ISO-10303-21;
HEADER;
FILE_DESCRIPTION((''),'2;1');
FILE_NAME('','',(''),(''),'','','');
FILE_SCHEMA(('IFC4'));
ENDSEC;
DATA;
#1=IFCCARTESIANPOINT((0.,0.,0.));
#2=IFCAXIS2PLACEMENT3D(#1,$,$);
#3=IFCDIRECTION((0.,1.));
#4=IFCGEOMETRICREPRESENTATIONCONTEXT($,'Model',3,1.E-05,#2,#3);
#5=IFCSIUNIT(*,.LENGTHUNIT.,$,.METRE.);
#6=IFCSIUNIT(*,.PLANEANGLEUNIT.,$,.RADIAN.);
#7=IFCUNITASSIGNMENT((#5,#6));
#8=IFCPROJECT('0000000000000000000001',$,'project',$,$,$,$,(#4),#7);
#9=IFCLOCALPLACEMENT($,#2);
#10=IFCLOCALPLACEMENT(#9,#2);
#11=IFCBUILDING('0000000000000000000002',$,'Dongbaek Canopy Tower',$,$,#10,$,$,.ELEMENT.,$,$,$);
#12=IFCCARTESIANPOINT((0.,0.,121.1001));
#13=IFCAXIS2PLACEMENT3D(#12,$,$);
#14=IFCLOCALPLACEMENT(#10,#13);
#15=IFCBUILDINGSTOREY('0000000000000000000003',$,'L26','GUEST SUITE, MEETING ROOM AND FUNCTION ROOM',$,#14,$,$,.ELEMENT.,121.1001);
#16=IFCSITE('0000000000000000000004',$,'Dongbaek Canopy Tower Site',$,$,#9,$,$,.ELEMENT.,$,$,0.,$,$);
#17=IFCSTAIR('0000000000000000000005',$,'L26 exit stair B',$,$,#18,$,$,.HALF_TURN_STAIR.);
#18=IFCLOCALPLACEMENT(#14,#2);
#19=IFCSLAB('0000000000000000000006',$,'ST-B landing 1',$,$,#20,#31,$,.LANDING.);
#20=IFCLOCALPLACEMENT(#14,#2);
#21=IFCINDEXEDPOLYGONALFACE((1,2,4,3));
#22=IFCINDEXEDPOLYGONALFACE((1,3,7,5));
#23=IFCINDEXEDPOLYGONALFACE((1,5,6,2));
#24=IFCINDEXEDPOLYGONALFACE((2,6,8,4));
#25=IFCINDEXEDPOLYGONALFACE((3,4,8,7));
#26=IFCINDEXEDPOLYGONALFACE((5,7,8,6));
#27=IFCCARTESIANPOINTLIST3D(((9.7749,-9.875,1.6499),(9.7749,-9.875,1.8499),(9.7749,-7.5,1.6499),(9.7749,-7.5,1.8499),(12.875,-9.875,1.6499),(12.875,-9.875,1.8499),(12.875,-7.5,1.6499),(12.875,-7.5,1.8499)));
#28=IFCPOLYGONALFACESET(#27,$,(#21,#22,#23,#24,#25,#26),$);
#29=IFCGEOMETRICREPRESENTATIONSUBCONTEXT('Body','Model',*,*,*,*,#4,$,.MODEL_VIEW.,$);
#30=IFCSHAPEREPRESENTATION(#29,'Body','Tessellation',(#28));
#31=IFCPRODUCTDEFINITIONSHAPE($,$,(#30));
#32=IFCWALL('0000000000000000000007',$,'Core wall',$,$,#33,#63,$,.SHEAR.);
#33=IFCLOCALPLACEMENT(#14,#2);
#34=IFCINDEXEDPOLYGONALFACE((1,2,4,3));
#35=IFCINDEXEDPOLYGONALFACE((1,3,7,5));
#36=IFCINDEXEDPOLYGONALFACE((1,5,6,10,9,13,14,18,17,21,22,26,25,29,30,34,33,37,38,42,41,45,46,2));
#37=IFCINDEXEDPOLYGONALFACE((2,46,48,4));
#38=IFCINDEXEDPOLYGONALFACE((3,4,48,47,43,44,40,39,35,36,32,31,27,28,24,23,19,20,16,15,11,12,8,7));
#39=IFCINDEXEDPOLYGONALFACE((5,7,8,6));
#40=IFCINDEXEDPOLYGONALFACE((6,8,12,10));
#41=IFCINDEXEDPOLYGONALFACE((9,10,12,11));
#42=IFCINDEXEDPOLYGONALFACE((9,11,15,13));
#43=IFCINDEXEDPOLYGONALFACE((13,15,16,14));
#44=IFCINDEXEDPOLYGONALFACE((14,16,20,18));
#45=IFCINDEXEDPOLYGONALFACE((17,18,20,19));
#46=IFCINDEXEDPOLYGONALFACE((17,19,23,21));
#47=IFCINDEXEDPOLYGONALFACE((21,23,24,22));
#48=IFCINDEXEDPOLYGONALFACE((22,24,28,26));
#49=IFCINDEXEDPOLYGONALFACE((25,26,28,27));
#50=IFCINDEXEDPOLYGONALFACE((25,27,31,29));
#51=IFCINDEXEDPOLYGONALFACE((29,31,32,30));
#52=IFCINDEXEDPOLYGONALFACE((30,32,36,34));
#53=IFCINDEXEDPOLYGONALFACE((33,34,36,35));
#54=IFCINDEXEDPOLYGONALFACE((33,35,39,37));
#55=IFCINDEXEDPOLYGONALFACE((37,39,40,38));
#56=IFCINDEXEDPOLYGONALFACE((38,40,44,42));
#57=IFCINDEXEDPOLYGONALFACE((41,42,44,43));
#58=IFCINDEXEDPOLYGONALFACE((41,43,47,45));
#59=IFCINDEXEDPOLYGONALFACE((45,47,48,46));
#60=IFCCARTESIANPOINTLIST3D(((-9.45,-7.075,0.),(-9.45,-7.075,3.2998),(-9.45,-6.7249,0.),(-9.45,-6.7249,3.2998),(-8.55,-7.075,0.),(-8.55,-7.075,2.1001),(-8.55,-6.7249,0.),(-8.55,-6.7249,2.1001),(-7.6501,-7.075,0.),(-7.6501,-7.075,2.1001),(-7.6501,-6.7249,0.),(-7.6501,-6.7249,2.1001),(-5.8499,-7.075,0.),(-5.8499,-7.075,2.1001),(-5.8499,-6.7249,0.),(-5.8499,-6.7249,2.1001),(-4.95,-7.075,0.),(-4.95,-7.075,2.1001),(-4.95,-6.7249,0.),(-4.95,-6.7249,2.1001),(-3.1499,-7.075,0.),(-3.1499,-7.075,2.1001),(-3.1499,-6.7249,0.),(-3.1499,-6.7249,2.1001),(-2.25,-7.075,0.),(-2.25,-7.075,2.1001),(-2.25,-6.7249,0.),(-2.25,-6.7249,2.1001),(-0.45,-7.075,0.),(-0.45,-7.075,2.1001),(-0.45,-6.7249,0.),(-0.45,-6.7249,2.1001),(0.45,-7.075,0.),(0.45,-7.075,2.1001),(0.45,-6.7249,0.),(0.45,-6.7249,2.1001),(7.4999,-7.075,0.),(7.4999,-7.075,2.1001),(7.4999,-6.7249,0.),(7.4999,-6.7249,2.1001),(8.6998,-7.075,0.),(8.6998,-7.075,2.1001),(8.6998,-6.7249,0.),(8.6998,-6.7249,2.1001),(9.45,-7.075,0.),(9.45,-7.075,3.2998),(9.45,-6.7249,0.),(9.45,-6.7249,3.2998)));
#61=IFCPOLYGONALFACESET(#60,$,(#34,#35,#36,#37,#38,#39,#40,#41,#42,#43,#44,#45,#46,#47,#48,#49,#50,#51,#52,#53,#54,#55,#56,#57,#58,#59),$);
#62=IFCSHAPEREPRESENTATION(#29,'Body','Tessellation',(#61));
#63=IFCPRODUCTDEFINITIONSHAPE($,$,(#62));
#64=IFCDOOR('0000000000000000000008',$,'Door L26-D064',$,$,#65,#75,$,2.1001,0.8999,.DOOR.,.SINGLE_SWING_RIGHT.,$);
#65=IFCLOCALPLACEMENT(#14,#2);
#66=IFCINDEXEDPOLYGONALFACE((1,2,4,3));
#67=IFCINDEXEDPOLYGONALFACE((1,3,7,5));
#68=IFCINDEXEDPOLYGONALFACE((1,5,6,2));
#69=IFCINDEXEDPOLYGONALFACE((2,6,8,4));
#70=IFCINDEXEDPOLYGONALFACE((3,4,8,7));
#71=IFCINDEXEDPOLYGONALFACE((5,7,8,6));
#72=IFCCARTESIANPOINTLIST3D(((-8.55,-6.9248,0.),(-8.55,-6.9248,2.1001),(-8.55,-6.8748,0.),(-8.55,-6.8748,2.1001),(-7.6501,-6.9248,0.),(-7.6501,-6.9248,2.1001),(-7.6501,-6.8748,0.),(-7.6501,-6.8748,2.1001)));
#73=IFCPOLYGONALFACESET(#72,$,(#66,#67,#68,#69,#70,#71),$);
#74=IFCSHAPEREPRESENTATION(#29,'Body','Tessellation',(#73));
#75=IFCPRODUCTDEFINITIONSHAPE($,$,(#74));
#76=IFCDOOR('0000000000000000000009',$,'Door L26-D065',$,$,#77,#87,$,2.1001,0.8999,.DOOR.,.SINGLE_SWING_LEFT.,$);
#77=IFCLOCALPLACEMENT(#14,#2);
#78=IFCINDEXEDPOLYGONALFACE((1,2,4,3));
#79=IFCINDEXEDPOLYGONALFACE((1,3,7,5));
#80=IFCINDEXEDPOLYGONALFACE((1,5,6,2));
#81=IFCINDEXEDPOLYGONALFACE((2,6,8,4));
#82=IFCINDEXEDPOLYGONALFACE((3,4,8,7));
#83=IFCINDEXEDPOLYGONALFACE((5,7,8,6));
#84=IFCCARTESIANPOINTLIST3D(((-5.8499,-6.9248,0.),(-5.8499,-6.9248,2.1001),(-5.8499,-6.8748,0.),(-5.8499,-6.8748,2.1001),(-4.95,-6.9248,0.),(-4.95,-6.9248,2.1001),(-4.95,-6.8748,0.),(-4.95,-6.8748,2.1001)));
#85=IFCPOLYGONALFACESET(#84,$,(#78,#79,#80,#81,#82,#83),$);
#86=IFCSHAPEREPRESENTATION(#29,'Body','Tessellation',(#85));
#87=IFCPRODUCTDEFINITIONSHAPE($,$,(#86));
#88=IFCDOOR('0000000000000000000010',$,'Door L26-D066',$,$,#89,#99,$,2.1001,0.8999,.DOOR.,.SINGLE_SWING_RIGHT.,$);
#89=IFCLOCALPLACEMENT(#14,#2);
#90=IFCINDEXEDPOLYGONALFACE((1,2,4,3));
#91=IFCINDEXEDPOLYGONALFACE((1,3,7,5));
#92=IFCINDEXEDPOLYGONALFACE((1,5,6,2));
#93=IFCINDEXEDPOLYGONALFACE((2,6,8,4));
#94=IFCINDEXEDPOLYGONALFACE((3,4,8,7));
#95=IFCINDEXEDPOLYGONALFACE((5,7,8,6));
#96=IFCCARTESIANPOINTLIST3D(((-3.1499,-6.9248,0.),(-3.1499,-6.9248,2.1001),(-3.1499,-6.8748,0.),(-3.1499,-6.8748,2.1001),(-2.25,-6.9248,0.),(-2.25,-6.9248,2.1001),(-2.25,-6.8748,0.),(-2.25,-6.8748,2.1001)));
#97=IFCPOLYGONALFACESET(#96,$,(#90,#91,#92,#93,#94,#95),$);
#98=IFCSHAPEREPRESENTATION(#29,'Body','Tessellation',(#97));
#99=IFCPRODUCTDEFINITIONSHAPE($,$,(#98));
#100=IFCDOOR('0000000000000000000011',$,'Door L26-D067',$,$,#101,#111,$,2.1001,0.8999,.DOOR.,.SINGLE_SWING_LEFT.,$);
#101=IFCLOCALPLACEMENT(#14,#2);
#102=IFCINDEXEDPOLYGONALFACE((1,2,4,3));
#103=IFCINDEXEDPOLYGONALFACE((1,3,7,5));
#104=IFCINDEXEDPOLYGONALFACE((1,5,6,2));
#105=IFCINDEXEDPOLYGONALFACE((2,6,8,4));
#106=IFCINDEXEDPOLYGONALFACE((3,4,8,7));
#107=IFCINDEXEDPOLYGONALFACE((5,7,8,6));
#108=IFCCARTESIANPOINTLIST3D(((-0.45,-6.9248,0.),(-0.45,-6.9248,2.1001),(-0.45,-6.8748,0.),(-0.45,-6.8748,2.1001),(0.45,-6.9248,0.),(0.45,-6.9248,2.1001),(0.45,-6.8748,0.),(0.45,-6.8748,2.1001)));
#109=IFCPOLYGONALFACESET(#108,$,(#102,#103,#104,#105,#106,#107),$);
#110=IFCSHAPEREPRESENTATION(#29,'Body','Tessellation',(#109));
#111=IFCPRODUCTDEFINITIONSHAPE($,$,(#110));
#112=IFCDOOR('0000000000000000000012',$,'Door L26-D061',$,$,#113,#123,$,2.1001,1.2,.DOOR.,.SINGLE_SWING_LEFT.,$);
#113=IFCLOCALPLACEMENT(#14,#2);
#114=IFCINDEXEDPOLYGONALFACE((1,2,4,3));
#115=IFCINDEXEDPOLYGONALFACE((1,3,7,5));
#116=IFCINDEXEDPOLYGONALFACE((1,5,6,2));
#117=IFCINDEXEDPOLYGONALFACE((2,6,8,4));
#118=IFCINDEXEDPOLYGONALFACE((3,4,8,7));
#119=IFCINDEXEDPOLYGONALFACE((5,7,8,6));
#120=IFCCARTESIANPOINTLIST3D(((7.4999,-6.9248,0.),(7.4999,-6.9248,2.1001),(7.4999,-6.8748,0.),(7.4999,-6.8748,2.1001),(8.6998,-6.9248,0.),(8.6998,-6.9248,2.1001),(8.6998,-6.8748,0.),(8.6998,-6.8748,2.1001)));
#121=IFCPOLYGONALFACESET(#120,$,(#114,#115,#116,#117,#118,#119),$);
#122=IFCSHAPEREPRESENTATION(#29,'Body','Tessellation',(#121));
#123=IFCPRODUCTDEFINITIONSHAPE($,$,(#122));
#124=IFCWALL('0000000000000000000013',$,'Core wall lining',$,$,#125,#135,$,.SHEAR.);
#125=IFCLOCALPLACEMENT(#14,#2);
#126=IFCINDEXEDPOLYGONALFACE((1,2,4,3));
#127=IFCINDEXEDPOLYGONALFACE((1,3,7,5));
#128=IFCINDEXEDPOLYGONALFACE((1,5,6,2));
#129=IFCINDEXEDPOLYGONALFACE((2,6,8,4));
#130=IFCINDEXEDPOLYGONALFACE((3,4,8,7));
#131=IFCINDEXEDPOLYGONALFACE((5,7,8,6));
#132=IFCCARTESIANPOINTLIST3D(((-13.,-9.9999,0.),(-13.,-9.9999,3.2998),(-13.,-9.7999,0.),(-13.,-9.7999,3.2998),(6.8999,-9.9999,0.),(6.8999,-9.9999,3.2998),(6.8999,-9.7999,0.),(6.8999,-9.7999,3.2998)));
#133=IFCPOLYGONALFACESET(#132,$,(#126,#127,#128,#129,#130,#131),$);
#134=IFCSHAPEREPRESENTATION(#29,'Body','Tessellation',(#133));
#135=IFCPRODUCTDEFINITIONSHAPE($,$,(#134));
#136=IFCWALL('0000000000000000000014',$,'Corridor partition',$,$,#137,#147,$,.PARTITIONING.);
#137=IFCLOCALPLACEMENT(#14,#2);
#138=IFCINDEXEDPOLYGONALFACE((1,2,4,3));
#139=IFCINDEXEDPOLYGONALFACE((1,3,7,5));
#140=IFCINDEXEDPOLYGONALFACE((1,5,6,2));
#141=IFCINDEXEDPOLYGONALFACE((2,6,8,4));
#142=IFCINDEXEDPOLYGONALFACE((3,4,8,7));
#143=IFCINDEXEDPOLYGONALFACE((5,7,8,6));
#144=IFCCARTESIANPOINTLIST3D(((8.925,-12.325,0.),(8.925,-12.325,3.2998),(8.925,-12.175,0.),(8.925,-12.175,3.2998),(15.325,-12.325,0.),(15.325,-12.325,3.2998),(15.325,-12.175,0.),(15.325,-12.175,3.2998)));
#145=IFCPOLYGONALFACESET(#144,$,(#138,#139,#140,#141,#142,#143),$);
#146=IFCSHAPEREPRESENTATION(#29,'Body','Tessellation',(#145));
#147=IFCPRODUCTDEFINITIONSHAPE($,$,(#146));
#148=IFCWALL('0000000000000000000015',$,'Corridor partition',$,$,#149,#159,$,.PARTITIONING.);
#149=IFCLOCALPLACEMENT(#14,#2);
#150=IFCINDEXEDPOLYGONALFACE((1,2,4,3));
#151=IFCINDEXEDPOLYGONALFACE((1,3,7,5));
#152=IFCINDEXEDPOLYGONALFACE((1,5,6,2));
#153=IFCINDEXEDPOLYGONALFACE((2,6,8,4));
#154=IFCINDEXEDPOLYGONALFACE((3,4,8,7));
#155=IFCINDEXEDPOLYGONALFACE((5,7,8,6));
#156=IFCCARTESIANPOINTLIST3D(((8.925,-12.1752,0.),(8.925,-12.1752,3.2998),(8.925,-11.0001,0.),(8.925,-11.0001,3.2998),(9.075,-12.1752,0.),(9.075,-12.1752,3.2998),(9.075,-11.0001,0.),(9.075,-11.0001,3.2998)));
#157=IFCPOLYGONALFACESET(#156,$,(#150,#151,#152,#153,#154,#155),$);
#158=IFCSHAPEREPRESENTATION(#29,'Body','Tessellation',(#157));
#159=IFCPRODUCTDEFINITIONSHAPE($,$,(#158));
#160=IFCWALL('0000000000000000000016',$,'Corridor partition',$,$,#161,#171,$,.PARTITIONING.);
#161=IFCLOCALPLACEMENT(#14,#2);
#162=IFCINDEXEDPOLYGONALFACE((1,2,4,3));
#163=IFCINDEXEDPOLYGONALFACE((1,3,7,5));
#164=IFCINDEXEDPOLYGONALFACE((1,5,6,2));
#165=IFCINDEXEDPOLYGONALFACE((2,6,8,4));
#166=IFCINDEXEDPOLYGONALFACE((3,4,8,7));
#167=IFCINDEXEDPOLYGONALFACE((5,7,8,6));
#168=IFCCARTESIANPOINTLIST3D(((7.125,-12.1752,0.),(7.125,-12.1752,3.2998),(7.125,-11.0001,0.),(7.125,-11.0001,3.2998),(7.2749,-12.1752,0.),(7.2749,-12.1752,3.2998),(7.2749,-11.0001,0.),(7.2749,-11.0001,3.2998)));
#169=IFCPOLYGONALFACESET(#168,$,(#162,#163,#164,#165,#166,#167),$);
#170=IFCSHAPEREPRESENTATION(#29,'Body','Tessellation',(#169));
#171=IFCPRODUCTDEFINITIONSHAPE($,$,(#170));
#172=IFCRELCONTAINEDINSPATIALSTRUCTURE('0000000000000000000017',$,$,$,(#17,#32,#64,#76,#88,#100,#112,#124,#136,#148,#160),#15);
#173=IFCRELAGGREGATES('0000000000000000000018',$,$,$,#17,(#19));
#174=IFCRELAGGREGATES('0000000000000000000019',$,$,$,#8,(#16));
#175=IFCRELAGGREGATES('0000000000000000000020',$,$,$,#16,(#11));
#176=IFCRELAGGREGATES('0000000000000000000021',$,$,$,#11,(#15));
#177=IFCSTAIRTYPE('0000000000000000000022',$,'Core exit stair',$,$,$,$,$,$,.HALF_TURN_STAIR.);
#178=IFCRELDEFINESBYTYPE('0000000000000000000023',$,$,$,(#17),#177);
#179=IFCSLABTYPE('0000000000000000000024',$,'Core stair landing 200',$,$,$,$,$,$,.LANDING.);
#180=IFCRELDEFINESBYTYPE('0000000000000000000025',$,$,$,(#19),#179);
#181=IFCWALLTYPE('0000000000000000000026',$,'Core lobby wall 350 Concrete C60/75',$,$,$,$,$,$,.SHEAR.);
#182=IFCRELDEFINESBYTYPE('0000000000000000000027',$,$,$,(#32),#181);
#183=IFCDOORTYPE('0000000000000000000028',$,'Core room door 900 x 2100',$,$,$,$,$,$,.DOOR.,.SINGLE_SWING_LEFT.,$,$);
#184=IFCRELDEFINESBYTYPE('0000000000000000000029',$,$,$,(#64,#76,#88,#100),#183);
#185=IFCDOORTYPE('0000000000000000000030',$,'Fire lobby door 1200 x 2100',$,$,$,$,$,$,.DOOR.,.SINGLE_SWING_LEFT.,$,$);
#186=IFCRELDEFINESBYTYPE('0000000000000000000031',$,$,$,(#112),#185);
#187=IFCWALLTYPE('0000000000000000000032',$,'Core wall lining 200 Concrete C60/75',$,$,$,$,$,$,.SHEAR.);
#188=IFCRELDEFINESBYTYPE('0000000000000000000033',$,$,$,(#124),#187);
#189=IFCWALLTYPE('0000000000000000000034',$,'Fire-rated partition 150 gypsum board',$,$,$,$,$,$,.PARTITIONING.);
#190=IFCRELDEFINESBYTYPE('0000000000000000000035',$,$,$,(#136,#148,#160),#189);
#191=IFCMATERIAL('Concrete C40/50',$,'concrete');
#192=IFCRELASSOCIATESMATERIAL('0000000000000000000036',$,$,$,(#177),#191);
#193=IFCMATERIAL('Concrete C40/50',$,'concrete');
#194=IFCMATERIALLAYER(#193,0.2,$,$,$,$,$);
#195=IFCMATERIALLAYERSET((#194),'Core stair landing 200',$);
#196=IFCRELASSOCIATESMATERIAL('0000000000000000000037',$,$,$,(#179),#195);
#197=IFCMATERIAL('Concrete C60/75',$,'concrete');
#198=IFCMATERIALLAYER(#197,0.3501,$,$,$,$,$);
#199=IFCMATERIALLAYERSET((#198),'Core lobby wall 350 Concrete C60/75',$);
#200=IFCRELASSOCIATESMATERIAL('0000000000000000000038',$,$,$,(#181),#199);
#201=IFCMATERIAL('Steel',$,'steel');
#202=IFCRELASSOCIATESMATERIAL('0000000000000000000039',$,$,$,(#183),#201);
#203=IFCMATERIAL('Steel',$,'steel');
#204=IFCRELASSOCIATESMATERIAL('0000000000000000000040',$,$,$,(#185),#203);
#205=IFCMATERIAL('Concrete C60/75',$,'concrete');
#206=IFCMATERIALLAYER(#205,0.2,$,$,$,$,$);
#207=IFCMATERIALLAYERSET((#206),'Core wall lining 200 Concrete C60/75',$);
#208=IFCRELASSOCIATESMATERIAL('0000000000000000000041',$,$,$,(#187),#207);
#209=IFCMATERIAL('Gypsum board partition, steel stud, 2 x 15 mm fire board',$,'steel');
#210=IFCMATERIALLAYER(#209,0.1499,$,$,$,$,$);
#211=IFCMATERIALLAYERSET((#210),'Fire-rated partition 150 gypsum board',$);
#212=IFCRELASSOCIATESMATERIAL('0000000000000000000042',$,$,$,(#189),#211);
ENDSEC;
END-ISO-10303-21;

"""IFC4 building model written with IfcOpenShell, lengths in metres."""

from ifc_helpers import new_model, si_unit, direction, frame, frame_2d, origin, place, context, subcontext, project, spatial, polyline, rectangle, outline, extrude, material, layer, layer_set, type_object, element, fill, aggregate, save


model = new_model("IFC4")

# Units and contexts
model_context = context("Model", 3, precision=1e-05, world=origin(), true_north=direction((0.0, 1.0)))
body_context = subcontext(model_context, "Body", "Model", "MODEL_VIEW")
ifc_project = project(units=[si_unit("LENGTHUNIT", "METRE"), si_unit("PLANEANGLEUNIT", "RADIAN")], contexts=[model_context])

# Site, building, storey
site_placement = place(None, origin())
site = spatial("IfcSite", under=ifc_project, at=site_placement, Name="Dongbaek Canopy Tower Site", CompositionType="ELEMENT", RefElevation=0.0)
building_placement = place(site_placement, origin())
building = spatial("IfcBuilding", under=site, at=building_placement, Name="Dongbaek Canopy Tower", CompositionType="ELEMENT")
storey_placement = place(building_placement, frame((0.0, 0.0, 121.1001)))
storey = spatial("IfcBuildingStorey", under=building, at=storey_placement, Name="L26", Description="GUEST SUITE, MEETING ROOM AND FUNCTION ROOM", CompositionType="ELEMENT", Elevation=121.1001)

# Stair, slab
ifc_material_1 = material(Name="Concrete C40/50", Category="concrete")
stair_type = type_object("IfcStairType", Name="Core exit stair", PredefinedType="HALF_TURN_STAIR", material=ifc_material_1)
stair_placement = place(storey_placement, origin())
stair = element("IfcStair", 1, at=stair_placement, inside=storey, type_object=stair_type, Name="L26 exit stair B", PredefinedType="HALF_TURN_STAIR")
ifc_material_2 = material(Name="Concrete C40/50", Category="concrete")
ifc_layer_1 = layer(ifc_material_2, 0.2)
ifc_layer_set_1 = layer_set([ifc_layer_1], Name="Core stair landing 200")
slab_type = type_object("IfcSlabType", Name="Core stair landing 200", PredefinedType="LANDING", material=ifc_layer_set_1)
slab_placement = place(storey_placement, frame((0.0, 0.0, 1.6499)))
slab = element("IfcSlab", 2, at=slab_placement, type_object=slab_type, Name="ST-B landing 1", PredefinedType="LANDING", context=body_context, shape_type="SweptSolid", body=[
    extrude(outline(polyline([(9.7749, -7.5), (9.7749, -9.875), (12.875, -9.875), (12.875, -7.5), (9.7749, -7.5)])), origin(), (0.0, 0.0, 1.0), 0.2),
])
aggregate(stair, [slab])

# Wall, openings, doors
ifc_material_3 = material(Name="Concrete C60/75", Category="concrete")
ifc_layer_2 = layer(ifc_material_3, 0.3501)
ifc_layer_set_2 = layer_set([ifc_layer_2], Name="Core lobby wall 350 Concrete C60/75")
wall_type_1 = type_object("IfcWallType", Name="Core lobby wall 350 Concrete C60/75", PredefinedType="SHEAR", material=ifc_layer_set_2)
wall_1_placement = place(storey_placement, frame((9.45, -6.8999, 0.0), z_axis=(0.0, 0.0, 1.0), x_axis=(-1.0, 0.0, 0.0)))
wall_1 = element("IfcWall", 3, at=wall_1_placement, inside=storey, type_object=wall_type_1, Name="Core wall", PredefinedType="SHEAR", context=body_context, shape_type="SweptSolid", body=[
    extrude(rectangle(XDim=18.8999, YDim=0.3501, at=frame_2d((9.45, 0.0))), origin(), (0.0, 0.0, 1.0), 3.2998),
])
opening_1_placement = place(wall_1_placement, frame((0.75, 0.0, 0.0)))
opening_1 = element("IfcOpeningElement", 4, at=opening_1_placement, cuts=wall_1, PredefinedType="OPENING", context=body_context, shape_type="SweptSolid", body=[
    extrude(rectangle(XDim=1.2, YDim=2.1001, at=frame_2d((0.6001, 1.05))), frame((0.0, 0.1851, 0.0), z_axis=(0.0, -1.0, 0.0), x_axis=(1.0, 0.0, 0.0)), (0.0, 0.0, 1.0), 0.3701),
])
opening_2_placement = place(wall_1_placement, frame((17.1001, 0.0, 0.0)))
opening_2 = element("IfcOpeningElement", 5, at=opening_2_placement, cuts=wall_1, PredefinedType="OPENING", context=body_context, shape_type="SweptSolid", body=[
    extrude(rectangle(XDim=0.8999, YDim=2.1001, at=frame_2d((0.45, 1.05))), frame((0.0, 0.1851, 0.0), z_axis=(0.0, -1.0, 0.0), x_axis=(1.0, 0.0, 0.0)), (0.0, 0.0, 1.0), 0.3701),
])
opening_3_placement = place(wall_1_placement, frame((14.3999, 0.0, 0.0)))
opening_3 = element("IfcOpeningElement", 6, at=opening_3_placement, cuts=wall_1, PredefinedType="OPENING", context=body_context, shape_type="SweptSolid", body=[
    extrude(rectangle(XDim=0.8999, YDim=2.1001, at=frame_2d((0.45, 1.05))), frame((0.0, 0.1851, 0.0), z_axis=(0.0, -1.0, 0.0), x_axis=(1.0, 0.0, 0.0)), (0.0, 0.0, 1.0), 0.3701),
])
opening_4_placement = place(wall_1_placement, frame((11.7, 0.0, 0.0)))
opening_4 = element("IfcOpeningElement", 7, at=opening_4_placement, cuts=wall_1, PredefinedType="OPENING", context=body_context, shape_type="SweptSolid", body=[
    extrude(rectangle(XDim=0.8999, YDim=2.1001, at=frame_2d((0.45, 1.05))), frame((0.0, 0.1851, 0.0), z_axis=(0.0, -1.0, 0.0), x_axis=(1.0, 0.0, 0.0)), (0.0, 0.0, 1.0), 0.3701),
])
opening_5_placement = place(wall_1_placement, frame((9.0, 0.0, 0.0)))
opening_5 = element("IfcOpeningElement", 8, at=opening_5_placement, cuts=wall_1, PredefinedType="OPENING", context=body_context, shape_type="SweptSolid", body=[
    extrude(rectangle(XDim=0.8999, YDim=2.1001, at=frame_2d((0.45, 1.05))), frame((0.0, 0.1851, 0.0), z_axis=(0.0, -1.0, 0.0), x_axis=(1.0, 0.0, 0.0)), (0.0, 0.0, 1.0), 0.3701),
])
ifc_material_4 = material(Name="Steel", Category="steel")
door_type_1 = type_object("IfcDoorType", Name="Core room door 900 x 2100", OperationType="SINGLE_SWING_LEFT", PredefinedType="DOOR", material=ifc_material_4)
door_1_placement = place(opening_2_placement, origin())
door_1 = element("IfcDoor", 9, at=door_1_placement, inside=storey, type_object=door_type_1, Name="Door L26-D064", OperationType="SINGLE_SWING_RIGHT", OverallHeight=2.1001, OverallWidth=0.8999, PredefinedType="DOOR", context=body_context, shape_type="SweptSolid", body=[
    extrude(rectangle(XDim=0.8999, YDim=2.1001, at=frame_2d((0.45, 1.05))), frame((0.0, 0.0249, 0.0), z_axis=(0.0, -1.0, 0.0), x_axis=(1.0, 0.0, 0.0)), (0.0, 0.0, 1.0), 0.05),
])
fill(opening_2, door_1)
door_2_placement = place(opening_3_placement, origin())
door_2 = element("IfcDoor", 10, at=door_2_placement, inside=storey, type_object=door_type_1, Name="Door L26-D065", OperationType="SINGLE_SWING_LEFT", OverallHeight=2.1001, OverallWidth=0.8999, PredefinedType="DOOR", context=body_context, shape_type="SweptSolid", body=[
    extrude(rectangle(XDim=0.8999, YDim=2.1001, at=frame_2d((0.45, 1.05))), frame((0.0, 0.0249, 0.0), z_axis=(0.0, -1.0, 0.0), x_axis=(1.0, 0.0, 0.0)), (0.0, 0.0, 1.0), 0.05),
])
fill(opening_3, door_2)
door_3_placement = place(opening_4_placement, origin())
door_3 = element("IfcDoor", 11, at=door_3_placement, inside=storey, type_object=door_type_1, Name="Door L26-D066", OperationType="SINGLE_SWING_RIGHT", OverallHeight=2.1001, OverallWidth=0.8999, PredefinedType="DOOR", context=body_context, shape_type="SweptSolid", body=[
    extrude(rectangle(XDim=0.8999, YDim=2.1001, at=frame_2d((0.45, 1.05))), frame((0.0, 0.0249, 0.0), z_axis=(0.0, -1.0, 0.0), x_axis=(1.0, 0.0, 0.0)), (0.0, 0.0, 1.0), 0.05),
])
fill(opening_4, door_3)
door_4_placement = place(opening_5_placement, origin())
door_4 = element("IfcDoor", 12, at=door_4_placement, inside=storey, type_object=door_type_1, Name="Door L26-D067", OperationType="SINGLE_SWING_LEFT", OverallHeight=2.1001, OverallWidth=0.8999, PredefinedType="DOOR", context=body_context, shape_type="SweptSolid", body=[
    extrude(rectangle(XDim=0.8999, YDim=2.1001, at=frame_2d((0.45, 1.05))), frame((0.0, 0.0249, 0.0), z_axis=(0.0, -1.0, 0.0), x_axis=(1.0, 0.0, 0.0)), (0.0, 0.0, 1.0), 0.05),
])
fill(opening_5, door_4)
ifc_material_5 = material(Name="Steel", Category="steel")
door_type_2 = type_object("IfcDoorType", Name="Fire lobby door 1200 x 2100", OperationType="SINGLE_SWING_LEFT", PredefinedType="DOOR", material=ifc_material_5)
door_5_placement = place(opening_1_placement, origin())
door_5 = element("IfcDoor", 13, at=door_5_placement, inside=storey, type_object=door_type_2, Name="Door L26-D061", OperationType="SINGLE_SWING_LEFT", OverallHeight=2.1001, OverallWidth=1.2, PredefinedType="DOOR", context=body_context, shape_type="SweptSolid", body=[
    extrude(rectangle(XDim=1.2, YDim=2.1001, at=frame_2d((0.6001, 1.05))), frame((0.0, 0.0249, 0.0), z_axis=(0.0, -1.0, 0.0), x_axis=(1.0, 0.0, 0.0)), (0.0, 0.0, 1.0), 0.05),
])
fill(opening_1, door_5)

# Walls
ifc_material_6 = material(Name="Concrete C60/75", Category="concrete")
ifc_layer_3 = layer(ifc_material_6, 0.2)
ifc_layer_set_3 = layer_set([ifc_layer_3], Name="Core wall lining 200 Concrete C60/75")
wall_type_2 = type_object("IfcWallType", Name="Core wall lining 200 Concrete C60/75", PredefinedType="SHEAR", material=ifc_layer_set_3)
wall_2_placement = place(storey_placement, frame((6.8999, -9.8999, 0.0), z_axis=(0.0, 0.0, 1.0), x_axis=(-1.0, 0.0, 0.0)))
element("IfcWall", 14, at=wall_2_placement, inside=storey, type_object=wall_type_2, Name="Core wall lining", PredefinedType="SHEAR", context=body_context, shape_type="SweptSolid", body=[
    extrude(rectangle(XDim=19.8999, YDim=0.2, at=frame_2d((9.95, 0.0))), origin(), (0.0, 0.0, 1.0), 3.2998),
])
ifc_material_7 = material(Name="Gypsum board partition, steel stud, 2 x 15 mm fire board", Category="steel")
ifc_layer_4 = layer(ifc_material_7, 0.1499)
ifc_layer_set_4 = layer_set([ifc_layer_4], Name="Fire-rated partition 150 gypsum board")
wall_type_3 = type_object("IfcWallType", Name="Fire-rated partition 150 gypsum board", PredefinedType="PARTITIONING", material=ifc_layer_set_4)
wall_3_placement = place(storey_placement, frame((8.925, -12.25, 0.0), z_axis=(0.0, 0.0, 1.0), x_axis=(1.0, 0.0, 0.0)))
element("IfcWall", 15, at=wall_3_placement, inside=storey, type_object=wall_type_3, Name="Corridor partition", PredefinedType="PARTITIONING", context=body_context, shape_type="SweptSolid", body=[
    extrude(rectangle(XDim=6.3999, YDim=0.1499, at=frame_2d((3.2, 0.0))), origin(), (0.0, 0.0, 1.0), 3.2998),
])
for number, where, z_axis, x_axis, name in (
    (16, (9.0, -12.175, 0.0), (0.0, 0.0, 1.0), (0.0, 1.0, 0.0), "Corridor partition"),
    (17, (7.2, -12.175, 0.0), (0.0, 0.0, 1.0), (0.0, 1.0, 0.0), "Corridor partition"),
):
    element("IfcWall", number, at=place(storey_placement, frame(where, z_axis=z_axis, x_axis=x_axis)), inside=storey, type_object=wall_type_3, Name=name, PredefinedType="PARTITIONING", context=body_context, shape_type="SweptSolid", body=[
        extrude(rectangle(XDim=1.175, YDim=0.1499, at=frame_2d((0.5874, 0.0))), origin(), (0.0, 0.0, 1.0), 3.2998),
    ])

save(model, "model.ifc")
